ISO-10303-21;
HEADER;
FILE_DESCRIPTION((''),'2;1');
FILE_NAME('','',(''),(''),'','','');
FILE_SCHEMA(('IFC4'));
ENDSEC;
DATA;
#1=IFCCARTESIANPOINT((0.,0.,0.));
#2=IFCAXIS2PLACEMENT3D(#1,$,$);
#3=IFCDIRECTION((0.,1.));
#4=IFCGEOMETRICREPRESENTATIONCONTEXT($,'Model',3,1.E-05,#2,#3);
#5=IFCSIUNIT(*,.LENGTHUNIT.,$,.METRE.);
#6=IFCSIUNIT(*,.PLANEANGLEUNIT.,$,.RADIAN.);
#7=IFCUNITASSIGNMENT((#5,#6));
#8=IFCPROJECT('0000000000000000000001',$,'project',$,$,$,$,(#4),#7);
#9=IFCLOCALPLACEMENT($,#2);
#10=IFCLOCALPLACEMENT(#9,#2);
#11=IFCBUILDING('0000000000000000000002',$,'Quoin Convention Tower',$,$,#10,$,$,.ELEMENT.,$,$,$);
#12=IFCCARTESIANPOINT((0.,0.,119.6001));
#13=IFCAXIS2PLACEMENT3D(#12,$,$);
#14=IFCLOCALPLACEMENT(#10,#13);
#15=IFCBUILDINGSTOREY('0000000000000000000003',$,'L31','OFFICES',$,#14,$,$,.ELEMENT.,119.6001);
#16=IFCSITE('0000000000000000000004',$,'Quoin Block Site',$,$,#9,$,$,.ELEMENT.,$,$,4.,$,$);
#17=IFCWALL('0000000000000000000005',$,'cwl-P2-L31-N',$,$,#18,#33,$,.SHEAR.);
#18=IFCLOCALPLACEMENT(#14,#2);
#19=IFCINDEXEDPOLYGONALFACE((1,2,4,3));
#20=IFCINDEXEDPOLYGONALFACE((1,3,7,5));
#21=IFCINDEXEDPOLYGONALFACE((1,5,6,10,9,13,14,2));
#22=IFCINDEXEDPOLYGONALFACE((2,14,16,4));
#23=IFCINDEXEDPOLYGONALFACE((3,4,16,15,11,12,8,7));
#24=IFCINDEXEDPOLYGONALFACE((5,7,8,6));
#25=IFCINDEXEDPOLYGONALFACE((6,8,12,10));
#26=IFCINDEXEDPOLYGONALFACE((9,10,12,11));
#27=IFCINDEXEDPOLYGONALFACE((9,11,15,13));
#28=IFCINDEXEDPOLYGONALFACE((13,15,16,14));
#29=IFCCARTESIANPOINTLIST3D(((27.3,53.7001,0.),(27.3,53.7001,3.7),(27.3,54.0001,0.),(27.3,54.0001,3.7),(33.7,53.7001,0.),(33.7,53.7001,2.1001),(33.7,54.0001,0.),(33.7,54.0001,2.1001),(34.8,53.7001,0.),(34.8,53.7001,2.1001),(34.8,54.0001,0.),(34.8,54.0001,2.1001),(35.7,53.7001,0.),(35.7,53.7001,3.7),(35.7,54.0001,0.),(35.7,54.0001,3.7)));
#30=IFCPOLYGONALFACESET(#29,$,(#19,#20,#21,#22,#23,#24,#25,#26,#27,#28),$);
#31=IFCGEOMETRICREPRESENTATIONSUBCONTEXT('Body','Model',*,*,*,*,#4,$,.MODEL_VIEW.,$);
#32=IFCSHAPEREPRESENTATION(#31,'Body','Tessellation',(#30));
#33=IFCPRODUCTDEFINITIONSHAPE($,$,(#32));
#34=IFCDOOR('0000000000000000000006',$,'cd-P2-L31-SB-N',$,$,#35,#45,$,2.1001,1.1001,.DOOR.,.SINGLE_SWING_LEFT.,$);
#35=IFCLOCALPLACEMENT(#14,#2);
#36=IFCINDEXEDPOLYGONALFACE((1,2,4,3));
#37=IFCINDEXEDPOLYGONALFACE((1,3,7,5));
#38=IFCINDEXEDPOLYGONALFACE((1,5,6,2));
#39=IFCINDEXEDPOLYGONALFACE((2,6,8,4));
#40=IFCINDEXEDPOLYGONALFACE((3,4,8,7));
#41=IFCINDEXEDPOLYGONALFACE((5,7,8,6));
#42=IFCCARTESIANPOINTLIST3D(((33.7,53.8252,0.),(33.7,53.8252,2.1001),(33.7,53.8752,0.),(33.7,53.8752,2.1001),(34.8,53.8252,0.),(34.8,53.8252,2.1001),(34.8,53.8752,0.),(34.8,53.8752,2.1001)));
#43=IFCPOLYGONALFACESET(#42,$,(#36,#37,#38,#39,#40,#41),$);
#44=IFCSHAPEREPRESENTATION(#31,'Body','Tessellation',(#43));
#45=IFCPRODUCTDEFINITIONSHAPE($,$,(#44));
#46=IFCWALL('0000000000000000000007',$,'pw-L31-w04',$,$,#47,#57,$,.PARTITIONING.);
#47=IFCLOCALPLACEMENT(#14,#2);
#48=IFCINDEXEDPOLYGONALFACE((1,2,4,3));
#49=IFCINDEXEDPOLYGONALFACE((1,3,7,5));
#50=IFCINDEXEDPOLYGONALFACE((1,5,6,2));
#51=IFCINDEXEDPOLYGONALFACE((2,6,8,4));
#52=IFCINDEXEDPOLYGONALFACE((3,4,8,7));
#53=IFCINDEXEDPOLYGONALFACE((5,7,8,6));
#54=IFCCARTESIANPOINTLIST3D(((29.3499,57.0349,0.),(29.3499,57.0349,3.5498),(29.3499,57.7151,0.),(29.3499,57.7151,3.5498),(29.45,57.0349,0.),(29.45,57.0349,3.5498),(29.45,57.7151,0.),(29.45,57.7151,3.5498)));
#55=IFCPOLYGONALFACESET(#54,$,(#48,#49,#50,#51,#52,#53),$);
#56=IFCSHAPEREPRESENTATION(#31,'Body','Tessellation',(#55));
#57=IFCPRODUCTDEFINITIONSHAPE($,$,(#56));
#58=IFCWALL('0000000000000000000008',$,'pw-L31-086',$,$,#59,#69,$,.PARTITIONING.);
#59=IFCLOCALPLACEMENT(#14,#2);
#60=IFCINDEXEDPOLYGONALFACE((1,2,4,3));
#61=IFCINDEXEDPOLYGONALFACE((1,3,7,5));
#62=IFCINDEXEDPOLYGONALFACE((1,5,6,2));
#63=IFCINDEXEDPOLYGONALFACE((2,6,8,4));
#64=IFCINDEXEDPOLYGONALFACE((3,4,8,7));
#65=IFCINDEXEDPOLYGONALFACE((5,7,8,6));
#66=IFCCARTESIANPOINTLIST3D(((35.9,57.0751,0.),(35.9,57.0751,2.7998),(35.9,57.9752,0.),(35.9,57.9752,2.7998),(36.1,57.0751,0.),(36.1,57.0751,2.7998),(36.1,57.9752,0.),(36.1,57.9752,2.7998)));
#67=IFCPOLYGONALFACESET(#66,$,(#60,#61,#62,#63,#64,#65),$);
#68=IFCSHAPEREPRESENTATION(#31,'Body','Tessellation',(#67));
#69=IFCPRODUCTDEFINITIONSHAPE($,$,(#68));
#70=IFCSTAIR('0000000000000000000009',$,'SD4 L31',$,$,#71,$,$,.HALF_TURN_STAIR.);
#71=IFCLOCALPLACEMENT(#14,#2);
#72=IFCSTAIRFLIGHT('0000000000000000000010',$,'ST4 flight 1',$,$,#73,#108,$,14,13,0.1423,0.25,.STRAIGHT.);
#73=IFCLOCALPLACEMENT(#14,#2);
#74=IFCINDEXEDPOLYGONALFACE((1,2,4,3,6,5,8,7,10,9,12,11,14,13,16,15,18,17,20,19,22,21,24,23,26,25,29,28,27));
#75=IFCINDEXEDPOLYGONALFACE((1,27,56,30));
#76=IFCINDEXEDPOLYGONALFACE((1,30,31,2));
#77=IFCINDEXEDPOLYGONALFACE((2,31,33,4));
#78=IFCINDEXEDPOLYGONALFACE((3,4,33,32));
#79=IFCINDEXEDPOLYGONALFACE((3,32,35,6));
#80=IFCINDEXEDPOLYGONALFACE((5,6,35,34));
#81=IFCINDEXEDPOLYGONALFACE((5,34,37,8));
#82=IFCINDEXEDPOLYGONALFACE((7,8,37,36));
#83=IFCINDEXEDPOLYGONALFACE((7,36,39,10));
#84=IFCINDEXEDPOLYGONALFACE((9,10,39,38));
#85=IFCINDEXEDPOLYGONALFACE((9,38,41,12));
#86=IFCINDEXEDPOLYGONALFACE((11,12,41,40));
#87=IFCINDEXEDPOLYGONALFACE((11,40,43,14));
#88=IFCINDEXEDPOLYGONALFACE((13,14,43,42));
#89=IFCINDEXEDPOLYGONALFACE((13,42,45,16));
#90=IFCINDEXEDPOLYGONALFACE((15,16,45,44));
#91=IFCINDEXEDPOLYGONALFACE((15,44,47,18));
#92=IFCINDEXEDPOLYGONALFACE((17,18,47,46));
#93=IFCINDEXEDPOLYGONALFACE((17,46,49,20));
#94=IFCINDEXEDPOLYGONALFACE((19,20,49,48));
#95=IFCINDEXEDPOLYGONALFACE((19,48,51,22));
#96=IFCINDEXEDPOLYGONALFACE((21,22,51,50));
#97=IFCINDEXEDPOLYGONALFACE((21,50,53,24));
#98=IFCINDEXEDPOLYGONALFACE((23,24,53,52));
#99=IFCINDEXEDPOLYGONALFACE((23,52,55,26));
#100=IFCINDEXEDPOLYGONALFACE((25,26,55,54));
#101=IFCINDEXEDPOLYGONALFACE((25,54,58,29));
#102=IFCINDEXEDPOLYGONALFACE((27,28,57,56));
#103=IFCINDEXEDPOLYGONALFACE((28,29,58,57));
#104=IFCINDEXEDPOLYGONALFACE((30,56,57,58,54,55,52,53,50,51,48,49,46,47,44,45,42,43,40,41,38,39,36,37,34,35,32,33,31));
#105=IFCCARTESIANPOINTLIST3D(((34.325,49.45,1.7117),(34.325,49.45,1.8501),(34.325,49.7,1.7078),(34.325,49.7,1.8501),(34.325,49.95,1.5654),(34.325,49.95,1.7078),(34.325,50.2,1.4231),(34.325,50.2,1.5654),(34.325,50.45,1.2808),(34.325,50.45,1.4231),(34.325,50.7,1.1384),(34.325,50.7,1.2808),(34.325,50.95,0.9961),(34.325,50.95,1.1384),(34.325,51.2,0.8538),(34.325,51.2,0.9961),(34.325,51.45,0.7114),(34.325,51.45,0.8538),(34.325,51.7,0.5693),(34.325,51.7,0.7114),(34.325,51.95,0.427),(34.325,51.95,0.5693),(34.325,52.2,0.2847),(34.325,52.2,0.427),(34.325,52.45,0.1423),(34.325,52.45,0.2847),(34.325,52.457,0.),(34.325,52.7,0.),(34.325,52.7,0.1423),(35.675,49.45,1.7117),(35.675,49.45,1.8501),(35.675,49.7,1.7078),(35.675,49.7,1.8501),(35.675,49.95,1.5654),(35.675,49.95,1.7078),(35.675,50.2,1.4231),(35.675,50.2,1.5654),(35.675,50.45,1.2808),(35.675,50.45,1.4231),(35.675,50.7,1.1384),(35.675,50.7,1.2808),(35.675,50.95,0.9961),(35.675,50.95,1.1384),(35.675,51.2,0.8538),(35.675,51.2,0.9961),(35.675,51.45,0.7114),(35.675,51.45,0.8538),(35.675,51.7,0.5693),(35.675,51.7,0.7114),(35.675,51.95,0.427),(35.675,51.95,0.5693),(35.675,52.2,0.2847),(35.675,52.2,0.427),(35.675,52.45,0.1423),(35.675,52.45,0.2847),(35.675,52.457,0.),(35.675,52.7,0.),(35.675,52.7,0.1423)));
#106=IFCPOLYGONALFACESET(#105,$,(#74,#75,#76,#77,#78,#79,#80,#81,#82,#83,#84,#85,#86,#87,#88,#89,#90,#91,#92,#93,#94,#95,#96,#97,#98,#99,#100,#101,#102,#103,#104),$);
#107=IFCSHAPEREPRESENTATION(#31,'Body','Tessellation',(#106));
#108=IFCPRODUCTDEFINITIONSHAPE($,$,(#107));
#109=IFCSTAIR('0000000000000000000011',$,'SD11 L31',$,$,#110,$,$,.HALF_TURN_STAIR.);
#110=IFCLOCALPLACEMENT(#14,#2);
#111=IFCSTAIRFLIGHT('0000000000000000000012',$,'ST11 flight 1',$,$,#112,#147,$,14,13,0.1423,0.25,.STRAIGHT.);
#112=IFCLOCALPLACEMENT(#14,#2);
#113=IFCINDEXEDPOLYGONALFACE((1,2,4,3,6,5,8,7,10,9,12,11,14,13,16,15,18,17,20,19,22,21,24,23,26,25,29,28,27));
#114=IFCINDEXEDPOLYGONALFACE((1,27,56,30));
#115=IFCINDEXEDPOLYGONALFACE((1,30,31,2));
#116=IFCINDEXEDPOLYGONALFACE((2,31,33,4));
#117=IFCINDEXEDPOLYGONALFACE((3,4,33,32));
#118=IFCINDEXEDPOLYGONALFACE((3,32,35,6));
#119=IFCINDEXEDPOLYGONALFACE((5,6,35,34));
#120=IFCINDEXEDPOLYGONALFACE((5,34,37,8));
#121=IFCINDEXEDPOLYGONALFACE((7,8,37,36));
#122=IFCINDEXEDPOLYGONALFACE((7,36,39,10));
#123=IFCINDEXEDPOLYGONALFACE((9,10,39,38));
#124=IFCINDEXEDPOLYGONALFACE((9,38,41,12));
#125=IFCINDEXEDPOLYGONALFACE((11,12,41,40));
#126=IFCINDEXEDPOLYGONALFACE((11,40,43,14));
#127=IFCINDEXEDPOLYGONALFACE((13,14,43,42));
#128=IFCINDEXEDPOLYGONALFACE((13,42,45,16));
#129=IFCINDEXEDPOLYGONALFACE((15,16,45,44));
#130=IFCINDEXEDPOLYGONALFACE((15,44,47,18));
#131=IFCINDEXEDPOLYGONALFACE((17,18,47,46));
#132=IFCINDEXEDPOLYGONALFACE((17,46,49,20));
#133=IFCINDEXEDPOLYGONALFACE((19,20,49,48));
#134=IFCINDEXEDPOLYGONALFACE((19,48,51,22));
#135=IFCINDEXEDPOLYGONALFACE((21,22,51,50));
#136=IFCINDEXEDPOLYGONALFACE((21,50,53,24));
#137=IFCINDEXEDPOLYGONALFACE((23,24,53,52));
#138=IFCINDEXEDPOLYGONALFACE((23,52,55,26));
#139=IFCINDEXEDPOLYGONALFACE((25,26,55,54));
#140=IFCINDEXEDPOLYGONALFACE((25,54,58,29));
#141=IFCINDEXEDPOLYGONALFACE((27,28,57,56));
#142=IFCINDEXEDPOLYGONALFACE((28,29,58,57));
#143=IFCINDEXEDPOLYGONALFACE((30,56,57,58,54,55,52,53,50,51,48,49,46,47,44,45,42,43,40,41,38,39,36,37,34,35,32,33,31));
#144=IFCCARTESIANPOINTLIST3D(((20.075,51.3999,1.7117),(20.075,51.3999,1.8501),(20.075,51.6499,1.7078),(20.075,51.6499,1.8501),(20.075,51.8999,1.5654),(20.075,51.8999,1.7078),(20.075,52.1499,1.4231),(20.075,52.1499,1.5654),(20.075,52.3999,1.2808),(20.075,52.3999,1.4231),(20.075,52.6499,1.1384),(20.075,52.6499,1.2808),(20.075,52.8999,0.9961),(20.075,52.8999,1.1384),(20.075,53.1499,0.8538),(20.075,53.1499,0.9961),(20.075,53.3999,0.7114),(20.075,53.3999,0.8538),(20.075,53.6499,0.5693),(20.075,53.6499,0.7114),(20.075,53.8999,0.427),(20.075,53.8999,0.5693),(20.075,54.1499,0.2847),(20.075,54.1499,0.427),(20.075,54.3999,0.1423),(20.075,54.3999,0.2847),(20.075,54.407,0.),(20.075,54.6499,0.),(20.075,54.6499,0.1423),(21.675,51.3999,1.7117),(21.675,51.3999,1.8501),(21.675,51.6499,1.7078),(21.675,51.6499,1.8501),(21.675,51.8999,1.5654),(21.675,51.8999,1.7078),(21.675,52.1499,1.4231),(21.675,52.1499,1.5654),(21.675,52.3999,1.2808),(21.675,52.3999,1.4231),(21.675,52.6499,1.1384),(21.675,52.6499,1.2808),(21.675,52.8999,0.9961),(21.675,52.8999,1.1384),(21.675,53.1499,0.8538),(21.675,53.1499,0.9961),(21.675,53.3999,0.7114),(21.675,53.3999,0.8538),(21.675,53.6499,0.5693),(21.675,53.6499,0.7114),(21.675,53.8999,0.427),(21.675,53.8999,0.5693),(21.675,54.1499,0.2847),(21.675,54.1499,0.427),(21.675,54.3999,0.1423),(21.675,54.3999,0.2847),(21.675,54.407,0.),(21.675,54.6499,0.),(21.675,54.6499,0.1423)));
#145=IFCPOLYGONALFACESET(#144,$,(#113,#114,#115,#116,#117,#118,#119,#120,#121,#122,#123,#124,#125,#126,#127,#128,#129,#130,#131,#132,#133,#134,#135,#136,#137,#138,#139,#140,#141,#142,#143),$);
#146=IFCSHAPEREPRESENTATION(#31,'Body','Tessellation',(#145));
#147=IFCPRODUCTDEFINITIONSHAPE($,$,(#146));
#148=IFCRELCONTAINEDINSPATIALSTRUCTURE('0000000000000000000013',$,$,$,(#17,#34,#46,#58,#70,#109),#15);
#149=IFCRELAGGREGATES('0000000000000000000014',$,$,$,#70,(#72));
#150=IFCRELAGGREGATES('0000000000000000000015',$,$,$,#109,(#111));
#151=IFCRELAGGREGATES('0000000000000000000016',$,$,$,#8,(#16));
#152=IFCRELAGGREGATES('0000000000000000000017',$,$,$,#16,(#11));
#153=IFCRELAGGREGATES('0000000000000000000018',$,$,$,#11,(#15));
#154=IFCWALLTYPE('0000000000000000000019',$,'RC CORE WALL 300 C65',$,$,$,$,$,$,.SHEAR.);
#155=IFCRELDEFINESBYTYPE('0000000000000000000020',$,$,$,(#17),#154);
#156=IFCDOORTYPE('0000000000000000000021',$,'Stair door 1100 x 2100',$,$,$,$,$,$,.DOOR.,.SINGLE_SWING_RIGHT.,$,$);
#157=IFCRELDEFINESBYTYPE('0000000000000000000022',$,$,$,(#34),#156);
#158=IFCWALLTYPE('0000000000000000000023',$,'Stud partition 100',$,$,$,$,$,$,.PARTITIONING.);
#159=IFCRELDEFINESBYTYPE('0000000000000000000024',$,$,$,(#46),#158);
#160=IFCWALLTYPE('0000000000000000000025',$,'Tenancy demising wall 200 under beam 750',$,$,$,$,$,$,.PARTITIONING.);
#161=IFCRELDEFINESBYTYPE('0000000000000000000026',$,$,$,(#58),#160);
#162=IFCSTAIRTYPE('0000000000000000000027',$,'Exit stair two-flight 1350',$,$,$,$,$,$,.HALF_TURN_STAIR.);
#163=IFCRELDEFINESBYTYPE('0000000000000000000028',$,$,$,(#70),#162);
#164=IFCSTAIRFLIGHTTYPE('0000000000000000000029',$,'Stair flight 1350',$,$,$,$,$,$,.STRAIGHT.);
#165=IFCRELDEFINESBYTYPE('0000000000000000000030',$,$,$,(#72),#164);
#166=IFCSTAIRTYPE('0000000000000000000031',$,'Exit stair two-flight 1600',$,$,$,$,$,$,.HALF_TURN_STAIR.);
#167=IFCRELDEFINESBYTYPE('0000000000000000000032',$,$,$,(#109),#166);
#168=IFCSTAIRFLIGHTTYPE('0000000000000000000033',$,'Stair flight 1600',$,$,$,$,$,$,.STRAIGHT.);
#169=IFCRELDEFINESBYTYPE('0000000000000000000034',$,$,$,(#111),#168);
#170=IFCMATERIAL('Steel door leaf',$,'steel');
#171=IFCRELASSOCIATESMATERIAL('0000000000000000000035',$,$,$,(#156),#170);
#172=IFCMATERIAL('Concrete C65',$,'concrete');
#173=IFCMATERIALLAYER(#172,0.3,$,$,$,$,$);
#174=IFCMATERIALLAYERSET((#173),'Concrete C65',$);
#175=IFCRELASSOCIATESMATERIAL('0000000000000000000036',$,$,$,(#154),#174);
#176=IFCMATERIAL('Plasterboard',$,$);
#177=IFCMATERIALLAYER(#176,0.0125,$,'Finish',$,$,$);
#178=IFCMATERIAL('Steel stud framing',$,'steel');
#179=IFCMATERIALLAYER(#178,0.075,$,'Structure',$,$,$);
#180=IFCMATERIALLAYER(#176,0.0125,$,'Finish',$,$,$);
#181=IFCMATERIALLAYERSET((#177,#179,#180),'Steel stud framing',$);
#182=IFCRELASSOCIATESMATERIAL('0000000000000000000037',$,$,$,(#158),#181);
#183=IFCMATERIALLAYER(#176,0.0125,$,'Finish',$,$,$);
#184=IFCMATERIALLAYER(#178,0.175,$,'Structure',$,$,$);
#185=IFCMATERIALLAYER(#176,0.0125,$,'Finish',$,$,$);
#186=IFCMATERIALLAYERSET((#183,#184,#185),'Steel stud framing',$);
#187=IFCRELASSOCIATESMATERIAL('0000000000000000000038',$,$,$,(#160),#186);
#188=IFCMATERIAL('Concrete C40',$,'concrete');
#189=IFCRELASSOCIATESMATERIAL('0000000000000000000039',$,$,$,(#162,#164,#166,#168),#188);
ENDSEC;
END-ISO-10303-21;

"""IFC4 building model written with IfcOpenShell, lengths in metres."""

from ifc_helpers import new_model, si_unit, direction, frame, frame_2d, origin, place, context, subcontext, project, spatial, polyline, rectangle, outline, extrude, material, layer, layer_set, type_object, element, fill, aggregate, save


model = new_model("IFC4")

# Units and contexts
model_context = context("Model", 3, precision=1e-05, world=origin(), true_north=direction((0.0, 1.0)))
body_context = subcontext(model_context, "Body", "Model", "MODEL_VIEW")
ifc_project = project(units=[si_unit("LENGTHUNIT", "METRE"), si_unit("PLANEANGLEUNIT", "RADIAN")], contexts=[model_context])

# Site, building, storey
site_placement = place(None, origin())
site = spatial("IfcSite", under=ifc_project, at=site_placement, Name="Quoin Block Site", CompositionType="ELEMENT", RefElevation=4.0)
building_placement = place(site_placement, origin())
building = spatial("IfcBuilding", under=site, at=building_placement, Name="Quoin Convention Tower", CompositionType="ELEMENT")
storey_placement = place(building_placement, frame((0.0, 0.0, 119.6001)))
storey = spatial("IfcBuildingStorey", under=building, at=storey_placement, Name="L31", Description="OFFICES", CompositionType="ELEMENT", Elevation=119.6001)

# Shared definitions
ifc_material_1 = material(Name="Concrete C65", Category="concrete")

# Shared definitions
ifc_material_2 = material(Name="Steel door leaf", Category="steel")
door_type_1 = type_object("IfcDoorType", Name="Stair door 1100 x 2100", OperationType="SINGLE_SWING_RIGHT", PredefinedType="DOOR", material=ifc_material_2)
ifc_material_3 = material(Name="Plasterboard")
ifc_material_4 = material(Name="Steel stud framing", Category="steel")

# Wall, opening, door
ifc_layer_1 = layer(ifc_material_1, 0.3)
ifc_layer_set_1 = layer_set([ifc_layer_1], Name="Concrete C65")
wall_type_1 = type_object("IfcWallType", Name="RC CORE WALL 300 C65", PredefinedType="SHEAR", material=ifc_layer_set_1)
wall_1_placement = place(storey_placement, frame((27.3, 53.8501, 0.0), z_axis=(0.0, 0.0, 1.0), x_axis=(1.0, 0.0, 0.0)))
wall_1 = element("IfcWall", 1, at=wall_1_placement, inside=storey, type_object=wall_type_1, Name="cwl-P2-L31-N", PredefinedType="SHEAR", context=body_context, shape_type="SweptSolid", body=[
    extrude(rectangle(XDim=8.3999, YDim=0.3, at=frame_2d((4.2, 0.0))), origin(), (0.0, 0.0, 1.0), 3.7),
])
opening_1_placement = place(wall_1_placement, frame((6.3999, 0.0, 0.0)))
opening_1 = element("IfcOpeningElement", 2, at=opening_1_placement, cuts=wall_1, PredefinedType="OPENING", context=body_context, shape_type="SweptSolid", body=[
    extrude(rectangle(XDim=1.1001, YDim=2.1001, at=frame_2d((0.55, 1.05))), frame((0.0, 0.1599, 0.0), z_axis=(0.0, -1.0, 0.0), x_axis=(1.0, 0.0, 0.0)), (0.0, 0.0, 1.0), 0.3201),
])
door_1_placement = place(opening_1_placement, frame((1.1001, 0.0, 0.0), z_axis=(0.0, 0.0, 1.0), x_axis=(-1.0, 0.0, 0.0)))
door_1 = element("IfcDoor", 3, at=door_1_placement, inside=storey, type_object=door_type_1, Name="cd-P2-L31-SB-N", OperationType="SINGLE_SWING_LEFT", OverallHeight=2.1001, OverallWidth=1.1001, PredefinedType="DOOR", context=body_context, shape_type="SweptSolid", body=[
    extrude(rectangle(XDim=1.1001, YDim=2.1001, at=frame_2d((0.55, 1.05))), frame((0.0, 0.0249, 0.0), z_axis=(0.0, -1.0, 0.0), x_axis=(1.0, 0.0, 0.0)), (0.0, 0.0, 1.0), 0.05),
])
fill(opening_1, door_1)

# Walls
ifc_layer_2 = layer(ifc_material_3, 0.0125, Name="Finish")
ifc_layer_3 = layer(ifc_material_4, 0.075, Name="Structure")
ifc_layer_4 = layer(ifc_material_3, 0.0125, Name="Finish")
ifc_layer_set_2 = layer_set([ifc_layer_2, ifc_layer_3, ifc_layer_4], Name="Steel stud framing")
wall_type_2 = type_object("IfcWallType", Name="Stud partition 100", PredefinedType="PARTITIONING", material=ifc_layer_set_2)
wall_2_placement = place(storey_placement, frame((29.3999, 57.7151, 0.0), z_axis=(0.0, 0.0, 1.0), x_axis=(0.0, -1.0, 0.0)))
element("IfcWall", 4, at=wall_2_placement, inside=storey, type_object=wall_type_2, Name="pw-L31-w04", PredefinedType="PARTITIONING", context=body_context, shape_type="SweptSolid", body=[
    extrude(rectangle(XDim=0.6802, YDim=0.1001, at=frame_2d((0.3401, 0.0))), origin(), (0.0, 0.0, 1.0), 3.5498),
])
ifc_layer_5 = layer(ifc_material_3, 0.0125, Name="Finish")
ifc_layer_6 = layer(ifc_material_4, 0.175, Name="Structure")
ifc_layer_7 = layer(ifc_material_3, 0.0125, Name="Finish")
ifc_layer_set_3 = layer_set([ifc_layer_5, ifc_layer_6, ifc_layer_7], Name="Steel stud framing")
wall_type_3 = type_object("IfcWallType", Name="Tenancy demising wall 200 under beam 750", PredefinedType="PARTITIONING", material=ifc_layer_set_3)
wall_3_placement = place(storey_placement, frame((36.0, 57.075, 0.0), z_axis=(0.0, 0.0, 1.0), x_axis=(0.0, 1.0, 0.0)))
element("IfcWall", 5, at=wall_3_placement, inside=storey, type_object=wall_type_3, Name="pw-L31-086", PredefinedType="PARTITIONING", context=body_context, shape_type="SweptSolid", body=[
    extrude(rectangle(XDim=0.9001, YDim=0.2, at=frame_2d((0.4502, 0.0))), origin(), (0.0, 0.0, 1.0), 2.7998),
])

# Stairs, stair flights
ifc_material_5 = material(Name="Concrete C40", Category="concrete")
stair_type_1 = type_object("IfcStairType", Name="Exit stair two-flight 1350", PredefinedType="HALF_TURN_STAIR", material=ifc_material_5)
stair_1_placement = place(storey_placement, origin())
stair_1 = element("IfcStair", 6, at=stair_1_placement, inside=storey, type_object=stair_type_1, Name="SD4 L31", PredefinedType="HALF_TURN_STAIR")
stair_flight_type_1 = type_object("IfcStairFlightType", Name="Stair flight 1350", PredefinedType="STRAIGHT", material=ifc_material_5)
stair_flight_1_placement = place(storey_placement, frame((35.0, 52.7, 0.0), z_axis=(0.0, 0.0, 1.0), x_axis=(0.0, -1.0, 0.0)))
stair_flight_1 = element("IfcStairFlight", 7, at=stair_flight_1_placement, type_object=stair_flight_type_1, Name="ST4 flight 1", NumberOfRisers=14, NumberOfTreads=13, PredefinedType="STRAIGHT", RiserHeight=0.1423, TreadLength=0.25, context=body_context, shape_type="SweptSolid", body=[
    extrude(outline(polyline([(0.0, 0.0), (0.0, 0.1423), (0.25, 0.1423), (0.25, 0.2847), (0.5, 0.2847), (0.5, 0.427), (0.75, 0.427), (0.75, 0.5693), (1.0, 0.5693), (1.0, 0.7114), (1.25, 0.7114), (1.25, 0.8538), (1.5, 0.8538), (1.5, 0.9961), (1.75, 0.9961), (1.75, 1.1384), (2.0, 1.1384), (2.0, 1.2808), (2.25, 1.2808), (2.25, 1.4231), (2.5, 1.4231), (2.5, 1.5654), (2.75, 1.5654), (2.75, 1.7078), (3.0, 1.7078), (3.0, 1.8501), (3.25, 1.8501), (3.25, 1.9922), (3.25, 1.7117), (0.2429, 0.0), (0.0, 0.0)])), frame((0.0, 0.675, 0.0), z_axis=(0.0, -1.0, 0.0), x_axis=(1.0, 0.0, 0.0)), (0.0, 0.0, 1.0), 1.3501),
])
aggregate(stair_1, [stair_flight_1])
stair_type_2 = type_object("IfcStairType", Name="Exit stair two-flight 1600", PredefinedType="HALF_TURN_STAIR", material=ifc_material_5)
stair_2_placement = place(storey_placement, origin())
stair_2 = element("IfcStair", 8, at=stair_2_placement, inside=storey, type_object=stair_type_2, Name="SD11 L31", PredefinedType="HALF_TURN_STAIR")
stair_flight_type_2 = type_object("IfcStairFlightType", Name="Stair flight 1600", PredefinedType="STRAIGHT", material=ifc_material_5)
stair_flight_2_placement = place(storey_placement, frame((20.875, 54.6499, 0.0), z_axis=(0.0, 0.0, 1.0), x_axis=(0.0, -1.0, 0.0)))
stair_flight_2 = element("IfcStairFlight", 9, at=stair_flight_2_placement, type_object=stair_flight_type_2, Name="ST11 flight 1", NumberOfRisers=14, NumberOfTreads=13, PredefinedType="STRAIGHT", RiserHeight=0.1423, TreadLength=0.25, context=body_context, shape_type="SweptSolid", body=[
    extrude(outline(polyline([(0.0, 0.0), (0.0, 0.1423), (0.25, 0.1423), (0.25, 0.2847), (0.5, 0.2847), (0.5, 0.427), (0.75, 0.427), (0.75, 0.5693), (1.0, 0.5693), (1.0, 0.7114), (1.25, 0.7114), (1.25, 0.8538), (1.5, 0.8538), (1.5, 0.9961), (1.75, 0.9961), (1.75, 1.1384), (2.0, 1.1384), (2.0, 1.2808), (2.25, 1.2808), (2.25, 1.4231), (2.5, 1.4231), (2.5, 1.5654), (2.75, 1.5654), (2.75, 1.7078), (3.0, 1.7078), (3.0, 1.8501), (3.25, 1.8501), (3.25, 1.9922), (3.25, 1.7117), (0.2429, 0.0), (0.0, 0.0)])), frame((0.0, 0.8, 0.0), z_axis=(0.0, -1.0, 0.0), x_axis=(1.0, 0.0, 0.0)), (0.0, 0.0, 1.0), 1.6001),
])
aggregate(stair_2, [stair_flight_2])

save(model, "model.ifc")
